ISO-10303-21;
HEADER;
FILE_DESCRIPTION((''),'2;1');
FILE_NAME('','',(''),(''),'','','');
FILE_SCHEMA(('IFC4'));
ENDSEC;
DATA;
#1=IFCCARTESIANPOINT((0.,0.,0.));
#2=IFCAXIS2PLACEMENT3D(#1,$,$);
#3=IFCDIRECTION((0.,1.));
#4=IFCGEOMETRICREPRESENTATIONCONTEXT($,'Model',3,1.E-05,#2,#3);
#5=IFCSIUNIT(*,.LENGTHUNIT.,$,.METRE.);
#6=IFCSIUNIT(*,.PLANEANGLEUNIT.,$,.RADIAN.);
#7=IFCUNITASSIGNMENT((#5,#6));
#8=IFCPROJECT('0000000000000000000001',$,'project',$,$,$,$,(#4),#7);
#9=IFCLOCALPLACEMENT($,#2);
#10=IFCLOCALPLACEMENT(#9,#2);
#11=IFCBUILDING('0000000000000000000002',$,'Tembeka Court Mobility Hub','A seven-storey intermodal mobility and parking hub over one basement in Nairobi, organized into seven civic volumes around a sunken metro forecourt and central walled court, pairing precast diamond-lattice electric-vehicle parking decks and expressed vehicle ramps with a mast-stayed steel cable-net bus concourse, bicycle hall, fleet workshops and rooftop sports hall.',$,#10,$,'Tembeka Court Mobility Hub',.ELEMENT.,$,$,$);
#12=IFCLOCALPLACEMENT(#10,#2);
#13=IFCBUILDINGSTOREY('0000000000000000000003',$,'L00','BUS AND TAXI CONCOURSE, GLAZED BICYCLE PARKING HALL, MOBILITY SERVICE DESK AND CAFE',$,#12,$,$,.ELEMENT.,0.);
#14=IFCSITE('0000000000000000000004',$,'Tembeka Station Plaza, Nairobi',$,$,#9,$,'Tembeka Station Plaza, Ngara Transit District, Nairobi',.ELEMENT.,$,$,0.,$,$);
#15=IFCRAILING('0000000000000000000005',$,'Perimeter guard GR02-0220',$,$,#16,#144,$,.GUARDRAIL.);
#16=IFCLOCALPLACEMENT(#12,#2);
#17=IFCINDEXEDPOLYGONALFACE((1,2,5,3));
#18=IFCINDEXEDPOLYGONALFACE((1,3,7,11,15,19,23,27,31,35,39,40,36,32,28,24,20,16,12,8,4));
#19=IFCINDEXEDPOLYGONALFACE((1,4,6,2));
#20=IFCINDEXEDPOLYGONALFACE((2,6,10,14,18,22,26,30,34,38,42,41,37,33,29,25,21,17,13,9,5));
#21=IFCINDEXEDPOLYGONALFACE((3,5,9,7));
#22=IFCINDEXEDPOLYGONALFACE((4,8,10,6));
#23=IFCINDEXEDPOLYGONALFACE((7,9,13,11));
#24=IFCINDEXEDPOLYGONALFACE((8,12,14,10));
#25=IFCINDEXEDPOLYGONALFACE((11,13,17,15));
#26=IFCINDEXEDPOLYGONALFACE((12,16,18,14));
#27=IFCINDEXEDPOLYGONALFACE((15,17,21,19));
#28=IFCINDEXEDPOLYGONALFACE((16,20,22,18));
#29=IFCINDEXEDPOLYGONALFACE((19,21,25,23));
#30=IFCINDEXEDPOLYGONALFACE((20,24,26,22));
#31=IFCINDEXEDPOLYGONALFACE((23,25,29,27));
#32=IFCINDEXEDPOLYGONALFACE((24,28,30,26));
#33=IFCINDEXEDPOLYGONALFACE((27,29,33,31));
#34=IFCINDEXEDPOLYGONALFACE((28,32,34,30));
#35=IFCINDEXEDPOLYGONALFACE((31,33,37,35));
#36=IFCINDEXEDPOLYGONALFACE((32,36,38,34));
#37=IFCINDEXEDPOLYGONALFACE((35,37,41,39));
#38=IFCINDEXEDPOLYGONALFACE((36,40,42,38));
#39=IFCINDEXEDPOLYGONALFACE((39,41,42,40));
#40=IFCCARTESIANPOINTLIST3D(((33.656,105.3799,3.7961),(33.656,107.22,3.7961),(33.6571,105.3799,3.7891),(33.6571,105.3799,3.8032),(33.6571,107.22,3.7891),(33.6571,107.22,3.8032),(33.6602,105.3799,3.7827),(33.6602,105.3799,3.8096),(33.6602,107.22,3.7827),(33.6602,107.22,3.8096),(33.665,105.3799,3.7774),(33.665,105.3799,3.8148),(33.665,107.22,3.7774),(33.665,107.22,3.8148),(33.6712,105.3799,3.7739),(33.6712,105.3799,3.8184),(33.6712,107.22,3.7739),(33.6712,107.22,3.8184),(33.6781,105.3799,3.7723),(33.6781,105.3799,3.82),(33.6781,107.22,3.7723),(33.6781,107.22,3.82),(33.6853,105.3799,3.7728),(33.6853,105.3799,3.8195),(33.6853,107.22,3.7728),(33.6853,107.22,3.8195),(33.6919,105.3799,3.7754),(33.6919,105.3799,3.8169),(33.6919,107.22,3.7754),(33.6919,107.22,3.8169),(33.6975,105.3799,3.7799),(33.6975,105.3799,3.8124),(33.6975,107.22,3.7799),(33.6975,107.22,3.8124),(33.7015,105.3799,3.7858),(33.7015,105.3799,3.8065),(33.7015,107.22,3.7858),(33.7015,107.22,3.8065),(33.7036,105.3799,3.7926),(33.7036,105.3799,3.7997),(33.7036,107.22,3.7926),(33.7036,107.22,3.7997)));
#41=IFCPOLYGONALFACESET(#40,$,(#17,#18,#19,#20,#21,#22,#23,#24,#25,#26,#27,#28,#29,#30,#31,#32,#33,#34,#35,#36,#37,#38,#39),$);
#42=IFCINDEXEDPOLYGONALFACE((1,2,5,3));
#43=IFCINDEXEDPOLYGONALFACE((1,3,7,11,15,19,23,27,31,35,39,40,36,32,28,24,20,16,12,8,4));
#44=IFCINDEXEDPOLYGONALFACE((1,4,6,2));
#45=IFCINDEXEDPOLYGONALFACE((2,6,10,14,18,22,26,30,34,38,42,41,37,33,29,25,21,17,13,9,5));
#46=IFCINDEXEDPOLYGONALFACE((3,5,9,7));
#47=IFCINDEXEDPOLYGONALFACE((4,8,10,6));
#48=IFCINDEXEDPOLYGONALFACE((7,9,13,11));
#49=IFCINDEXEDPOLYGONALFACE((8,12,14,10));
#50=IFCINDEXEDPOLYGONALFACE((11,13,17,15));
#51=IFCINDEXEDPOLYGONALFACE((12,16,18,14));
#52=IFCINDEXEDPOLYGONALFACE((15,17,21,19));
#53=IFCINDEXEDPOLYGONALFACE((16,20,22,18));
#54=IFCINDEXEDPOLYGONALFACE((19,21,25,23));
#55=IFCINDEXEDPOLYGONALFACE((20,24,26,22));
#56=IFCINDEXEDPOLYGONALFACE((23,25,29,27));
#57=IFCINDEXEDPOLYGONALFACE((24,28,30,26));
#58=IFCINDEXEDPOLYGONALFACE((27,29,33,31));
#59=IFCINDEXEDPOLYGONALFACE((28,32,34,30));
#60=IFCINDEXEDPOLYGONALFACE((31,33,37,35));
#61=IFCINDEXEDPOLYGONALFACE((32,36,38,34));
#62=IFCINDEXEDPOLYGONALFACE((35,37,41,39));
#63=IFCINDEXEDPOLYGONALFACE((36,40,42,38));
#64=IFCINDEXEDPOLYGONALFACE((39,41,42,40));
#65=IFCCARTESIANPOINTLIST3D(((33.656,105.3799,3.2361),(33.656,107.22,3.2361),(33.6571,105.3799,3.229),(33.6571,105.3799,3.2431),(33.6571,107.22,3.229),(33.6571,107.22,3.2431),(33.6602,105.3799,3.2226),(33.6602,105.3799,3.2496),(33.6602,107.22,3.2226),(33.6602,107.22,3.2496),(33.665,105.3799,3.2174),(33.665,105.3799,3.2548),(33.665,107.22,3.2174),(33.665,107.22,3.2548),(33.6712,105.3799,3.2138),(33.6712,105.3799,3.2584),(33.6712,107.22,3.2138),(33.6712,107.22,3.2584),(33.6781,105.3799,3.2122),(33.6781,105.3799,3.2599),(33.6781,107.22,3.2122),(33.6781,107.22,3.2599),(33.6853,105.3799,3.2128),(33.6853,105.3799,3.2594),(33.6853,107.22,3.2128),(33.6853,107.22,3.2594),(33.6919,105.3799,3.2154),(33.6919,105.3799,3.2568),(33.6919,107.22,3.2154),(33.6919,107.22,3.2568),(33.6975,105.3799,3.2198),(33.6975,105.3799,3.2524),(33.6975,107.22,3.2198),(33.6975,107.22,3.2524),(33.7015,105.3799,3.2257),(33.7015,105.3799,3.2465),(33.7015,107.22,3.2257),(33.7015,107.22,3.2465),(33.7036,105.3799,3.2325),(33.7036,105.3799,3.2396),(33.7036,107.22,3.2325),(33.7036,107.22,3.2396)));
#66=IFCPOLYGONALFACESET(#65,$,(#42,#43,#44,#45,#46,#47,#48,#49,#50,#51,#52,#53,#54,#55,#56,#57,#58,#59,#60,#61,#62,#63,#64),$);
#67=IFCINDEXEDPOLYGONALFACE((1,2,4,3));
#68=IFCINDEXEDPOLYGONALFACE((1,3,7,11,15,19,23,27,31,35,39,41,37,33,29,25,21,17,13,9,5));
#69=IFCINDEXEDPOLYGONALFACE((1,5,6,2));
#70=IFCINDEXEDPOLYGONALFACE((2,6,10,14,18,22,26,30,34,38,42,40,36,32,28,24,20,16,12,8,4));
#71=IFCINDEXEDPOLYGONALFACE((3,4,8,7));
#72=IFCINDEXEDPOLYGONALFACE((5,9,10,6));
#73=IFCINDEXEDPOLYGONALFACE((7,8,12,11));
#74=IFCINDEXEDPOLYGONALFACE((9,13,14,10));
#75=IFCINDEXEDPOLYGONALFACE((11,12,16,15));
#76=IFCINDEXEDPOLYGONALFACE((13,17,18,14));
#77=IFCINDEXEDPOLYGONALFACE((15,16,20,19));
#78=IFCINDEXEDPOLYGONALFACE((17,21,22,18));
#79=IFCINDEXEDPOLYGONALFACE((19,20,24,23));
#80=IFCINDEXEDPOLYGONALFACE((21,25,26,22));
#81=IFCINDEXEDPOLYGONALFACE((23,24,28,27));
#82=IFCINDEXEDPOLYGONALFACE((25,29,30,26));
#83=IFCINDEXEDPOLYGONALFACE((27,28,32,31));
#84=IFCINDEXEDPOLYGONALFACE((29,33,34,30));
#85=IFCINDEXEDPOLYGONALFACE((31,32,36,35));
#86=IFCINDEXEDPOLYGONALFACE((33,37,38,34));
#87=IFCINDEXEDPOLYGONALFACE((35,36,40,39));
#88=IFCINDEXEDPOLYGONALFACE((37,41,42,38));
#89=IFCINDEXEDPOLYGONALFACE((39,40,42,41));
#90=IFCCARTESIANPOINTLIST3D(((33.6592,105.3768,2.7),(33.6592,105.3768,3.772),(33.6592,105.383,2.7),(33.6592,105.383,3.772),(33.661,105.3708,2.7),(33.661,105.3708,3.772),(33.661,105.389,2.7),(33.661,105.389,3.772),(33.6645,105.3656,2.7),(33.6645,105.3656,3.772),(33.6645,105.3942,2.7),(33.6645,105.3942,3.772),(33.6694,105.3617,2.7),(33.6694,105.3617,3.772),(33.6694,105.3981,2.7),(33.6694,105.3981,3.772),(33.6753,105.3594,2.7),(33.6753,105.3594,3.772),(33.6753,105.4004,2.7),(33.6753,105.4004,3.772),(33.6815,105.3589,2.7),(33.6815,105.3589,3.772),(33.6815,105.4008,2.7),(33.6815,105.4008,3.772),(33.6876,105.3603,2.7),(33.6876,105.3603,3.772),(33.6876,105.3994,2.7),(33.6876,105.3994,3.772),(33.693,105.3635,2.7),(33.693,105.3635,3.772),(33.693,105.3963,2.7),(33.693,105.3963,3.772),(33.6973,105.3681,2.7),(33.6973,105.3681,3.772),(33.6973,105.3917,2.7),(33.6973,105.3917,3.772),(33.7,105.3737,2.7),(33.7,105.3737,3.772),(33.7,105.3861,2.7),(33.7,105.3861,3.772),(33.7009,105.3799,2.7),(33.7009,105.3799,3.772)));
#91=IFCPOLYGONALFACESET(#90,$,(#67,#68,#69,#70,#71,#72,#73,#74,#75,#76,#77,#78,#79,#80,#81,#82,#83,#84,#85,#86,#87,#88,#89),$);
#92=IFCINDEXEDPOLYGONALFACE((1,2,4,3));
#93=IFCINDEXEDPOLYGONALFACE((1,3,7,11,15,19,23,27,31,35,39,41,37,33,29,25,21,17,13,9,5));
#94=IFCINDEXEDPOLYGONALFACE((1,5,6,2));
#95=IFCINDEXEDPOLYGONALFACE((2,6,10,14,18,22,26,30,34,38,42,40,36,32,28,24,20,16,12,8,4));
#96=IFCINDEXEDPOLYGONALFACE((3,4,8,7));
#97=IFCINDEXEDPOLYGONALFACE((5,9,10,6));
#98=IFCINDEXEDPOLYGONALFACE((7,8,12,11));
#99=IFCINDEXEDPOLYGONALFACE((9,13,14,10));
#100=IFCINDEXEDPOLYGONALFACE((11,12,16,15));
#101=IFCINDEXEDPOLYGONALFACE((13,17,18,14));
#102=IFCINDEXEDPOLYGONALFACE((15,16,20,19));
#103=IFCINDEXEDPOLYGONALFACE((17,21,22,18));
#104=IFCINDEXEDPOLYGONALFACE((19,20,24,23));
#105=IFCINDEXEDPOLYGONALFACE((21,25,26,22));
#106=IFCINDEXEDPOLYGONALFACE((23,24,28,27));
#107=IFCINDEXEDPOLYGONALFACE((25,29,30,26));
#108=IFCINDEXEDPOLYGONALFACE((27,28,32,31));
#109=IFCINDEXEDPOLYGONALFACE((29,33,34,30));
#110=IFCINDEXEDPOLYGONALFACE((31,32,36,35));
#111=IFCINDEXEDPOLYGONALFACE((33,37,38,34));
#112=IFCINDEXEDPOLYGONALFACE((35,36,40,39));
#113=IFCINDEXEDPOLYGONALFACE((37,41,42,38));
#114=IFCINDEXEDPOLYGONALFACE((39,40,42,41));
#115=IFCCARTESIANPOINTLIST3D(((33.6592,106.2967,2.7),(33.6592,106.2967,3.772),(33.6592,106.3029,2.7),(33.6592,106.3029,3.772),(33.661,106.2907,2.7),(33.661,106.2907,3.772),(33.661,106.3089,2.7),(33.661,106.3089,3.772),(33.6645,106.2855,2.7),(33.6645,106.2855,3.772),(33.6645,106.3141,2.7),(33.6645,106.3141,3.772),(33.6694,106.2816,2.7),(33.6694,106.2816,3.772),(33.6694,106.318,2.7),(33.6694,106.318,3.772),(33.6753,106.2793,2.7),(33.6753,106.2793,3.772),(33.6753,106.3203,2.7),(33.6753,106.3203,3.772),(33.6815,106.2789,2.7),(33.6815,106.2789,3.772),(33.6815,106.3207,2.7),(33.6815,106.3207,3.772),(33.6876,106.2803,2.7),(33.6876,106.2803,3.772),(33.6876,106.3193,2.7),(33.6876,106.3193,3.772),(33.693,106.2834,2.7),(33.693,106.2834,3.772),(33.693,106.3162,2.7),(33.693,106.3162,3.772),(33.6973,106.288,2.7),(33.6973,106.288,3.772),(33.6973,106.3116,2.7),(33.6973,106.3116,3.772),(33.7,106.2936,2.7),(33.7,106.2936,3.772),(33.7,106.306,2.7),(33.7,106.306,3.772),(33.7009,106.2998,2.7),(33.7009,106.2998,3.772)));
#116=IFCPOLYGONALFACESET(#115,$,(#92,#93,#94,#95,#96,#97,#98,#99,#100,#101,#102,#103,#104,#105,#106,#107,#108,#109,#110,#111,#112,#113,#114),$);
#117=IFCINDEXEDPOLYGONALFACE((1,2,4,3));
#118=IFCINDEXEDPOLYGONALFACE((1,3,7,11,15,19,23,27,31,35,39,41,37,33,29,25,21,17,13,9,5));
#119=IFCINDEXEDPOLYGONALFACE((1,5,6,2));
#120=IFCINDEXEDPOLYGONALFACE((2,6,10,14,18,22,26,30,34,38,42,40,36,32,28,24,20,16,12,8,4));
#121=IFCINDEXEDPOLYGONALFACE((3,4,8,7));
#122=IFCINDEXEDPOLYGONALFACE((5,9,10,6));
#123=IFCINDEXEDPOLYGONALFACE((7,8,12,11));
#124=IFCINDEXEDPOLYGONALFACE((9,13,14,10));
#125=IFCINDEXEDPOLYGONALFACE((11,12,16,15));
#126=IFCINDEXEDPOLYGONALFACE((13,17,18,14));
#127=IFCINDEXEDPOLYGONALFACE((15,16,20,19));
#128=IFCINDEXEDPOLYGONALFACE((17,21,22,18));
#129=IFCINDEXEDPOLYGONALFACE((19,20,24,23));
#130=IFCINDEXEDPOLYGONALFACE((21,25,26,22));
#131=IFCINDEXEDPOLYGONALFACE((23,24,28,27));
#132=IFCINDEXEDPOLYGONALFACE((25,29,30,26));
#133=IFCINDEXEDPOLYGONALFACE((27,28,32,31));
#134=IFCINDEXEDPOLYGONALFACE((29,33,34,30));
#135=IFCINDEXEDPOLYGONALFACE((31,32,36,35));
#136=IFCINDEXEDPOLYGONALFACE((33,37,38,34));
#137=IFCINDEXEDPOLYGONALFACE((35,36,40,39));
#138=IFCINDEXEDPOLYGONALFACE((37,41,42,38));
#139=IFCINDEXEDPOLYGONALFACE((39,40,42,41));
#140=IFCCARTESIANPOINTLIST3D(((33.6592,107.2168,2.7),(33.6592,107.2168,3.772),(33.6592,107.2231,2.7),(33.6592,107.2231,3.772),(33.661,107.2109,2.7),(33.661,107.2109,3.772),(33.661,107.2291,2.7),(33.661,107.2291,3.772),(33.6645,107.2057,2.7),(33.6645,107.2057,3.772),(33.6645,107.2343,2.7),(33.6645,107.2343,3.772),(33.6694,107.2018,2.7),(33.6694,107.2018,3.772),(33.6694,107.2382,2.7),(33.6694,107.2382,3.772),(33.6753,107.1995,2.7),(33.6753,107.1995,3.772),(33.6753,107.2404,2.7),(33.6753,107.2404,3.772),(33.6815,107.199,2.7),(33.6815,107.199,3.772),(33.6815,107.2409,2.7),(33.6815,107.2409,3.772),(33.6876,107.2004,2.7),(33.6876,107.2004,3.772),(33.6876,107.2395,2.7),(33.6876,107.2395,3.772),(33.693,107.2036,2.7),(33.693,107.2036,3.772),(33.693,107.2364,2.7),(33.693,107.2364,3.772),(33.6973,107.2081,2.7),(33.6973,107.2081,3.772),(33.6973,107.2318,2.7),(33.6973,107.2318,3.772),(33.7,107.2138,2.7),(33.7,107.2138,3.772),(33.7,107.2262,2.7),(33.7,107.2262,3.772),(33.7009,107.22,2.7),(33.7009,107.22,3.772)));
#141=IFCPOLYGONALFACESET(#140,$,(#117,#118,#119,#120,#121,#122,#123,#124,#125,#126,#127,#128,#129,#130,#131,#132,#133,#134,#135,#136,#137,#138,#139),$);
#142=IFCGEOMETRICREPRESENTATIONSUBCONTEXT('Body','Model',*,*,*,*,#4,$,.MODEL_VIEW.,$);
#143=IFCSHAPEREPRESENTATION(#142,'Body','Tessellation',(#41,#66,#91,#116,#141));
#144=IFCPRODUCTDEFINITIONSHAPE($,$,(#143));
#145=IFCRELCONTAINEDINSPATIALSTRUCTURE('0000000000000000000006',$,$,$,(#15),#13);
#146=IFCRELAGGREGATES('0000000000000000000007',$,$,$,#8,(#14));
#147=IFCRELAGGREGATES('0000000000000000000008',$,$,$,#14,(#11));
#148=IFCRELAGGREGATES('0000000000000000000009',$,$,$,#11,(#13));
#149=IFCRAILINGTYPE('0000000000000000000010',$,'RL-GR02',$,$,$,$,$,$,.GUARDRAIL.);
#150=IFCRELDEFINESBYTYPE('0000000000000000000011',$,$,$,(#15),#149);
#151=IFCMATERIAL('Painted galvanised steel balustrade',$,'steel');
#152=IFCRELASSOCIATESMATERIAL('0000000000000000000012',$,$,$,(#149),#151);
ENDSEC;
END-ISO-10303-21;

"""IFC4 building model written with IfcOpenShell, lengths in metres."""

from ifc_helpers import new_model, si_unit, direction, frame, origin, origin_2d, place, context, subcontext, project, spatial, circle, extrude, material, type_object, element, save


model = new_model("IFC4")

# Units and contexts
model_context = context("Model", 3, precision=1e-05, world=origin(), true_north=direction((0.0, 1.0)))
body_context = subcontext(model_context, "Body", "Model", "MODEL_VIEW")
ifc_project = project(units=[si_unit("LENGTHUNIT", "METRE"), si_unit("PLANEANGLEUNIT", "RADIAN")], contexts=[model_context])

# Site, building, storey
site_placement = place(None, origin())
site = spatial("IfcSite", under=ifc_project, at=site_placement, Name="Tembeka Station Plaza, Nairobi", LongName="Tembeka Station Plaza, Ngara Transit District, Nairobi", CompositionType="ELEMENT", RefElevation=0.0)
building_placement = place(site_placement, origin())
building = spatial("IfcBuilding", under=site, at=building_placement, Name="Tembeka Court Mobility Hub", Description="A seven-storey intermodal mobility and parking hub over one basement in Nairobi, organized into seven civic volumes around a sunken metro forecourt and central walled court, pairing precast diamond-lattice electric-vehicle parking decks and expressed vehicle ramps with a mast-stayed steel cable-net bus concourse, bicycle hall, fleet workshops and rooftop sports hall.", LongName="Tembeka Court Mobility Hub", CompositionType="ELEMENT")
storey_placement = place(building_placement, origin())
storey = spatial("IfcBuildingStorey", under=building, at=storey_placement, Name="L00", Description="BUS AND TAXI CONCOURSE, GLAZED BICYCLE PARKING HALL, MOBILITY SERVICE DESK AND CAFE", CompositionType="ELEMENT", Elevation=0.0)

# Railing
ifc_material_1 = material(Name="Painted galvanised steel balustrade", Category="steel")
railing_type = type_object("IfcRailingType", Name="RL-GR02", PredefinedType="GUARDRAIL", material=ifc_material_1)
railing_1_placement = place(storey_placement, frame((33.6799, 105.3799, 2.7)))
element("IfcRailing", 1, at=railing_1_placement, inside=storey, type_object=railing_type, Name="Perimeter guard GR02-0220", PredefinedType="GUARDRAIL", context=body_context, shape_type="SweptSolid", body=[
    extrude(circle(Radius=0.0239, at=origin_2d()), frame((0.0, 0.0, 1.0962), z_axis=(0.0, 1.0, 0.0), x_axis=(-1.0, 0.0, 0.0)), (0.0, 0.0, 1.0), 1.8401),
    extrude(circle(Radius=0.0239, at=origin_2d()), frame((0.0, 0.0, 0.5361), z_axis=(0.0, 1.0, 0.0), x_axis=(-1.0, 0.0, 0.0)), (0.0, 0.0, 1.0), 1.8401),
    extrude(circle(Radius=0.021, at=origin_2d()), origin(), (0.0, 0.0, 1.0), 1.072),
    extrude(circle(Radius=0.021, at=origin_2d()), frame((0.0, 0.9199, 0.0)), (0.0, 0.0, 1.0), 1.072),
    extrude(circle(Radius=0.021, at=origin_2d()), frame((0.0, 1.8401, 0.0)), (0.0, 0.0, 1.0), 1.072),
])

save(model, "model.ifc")
